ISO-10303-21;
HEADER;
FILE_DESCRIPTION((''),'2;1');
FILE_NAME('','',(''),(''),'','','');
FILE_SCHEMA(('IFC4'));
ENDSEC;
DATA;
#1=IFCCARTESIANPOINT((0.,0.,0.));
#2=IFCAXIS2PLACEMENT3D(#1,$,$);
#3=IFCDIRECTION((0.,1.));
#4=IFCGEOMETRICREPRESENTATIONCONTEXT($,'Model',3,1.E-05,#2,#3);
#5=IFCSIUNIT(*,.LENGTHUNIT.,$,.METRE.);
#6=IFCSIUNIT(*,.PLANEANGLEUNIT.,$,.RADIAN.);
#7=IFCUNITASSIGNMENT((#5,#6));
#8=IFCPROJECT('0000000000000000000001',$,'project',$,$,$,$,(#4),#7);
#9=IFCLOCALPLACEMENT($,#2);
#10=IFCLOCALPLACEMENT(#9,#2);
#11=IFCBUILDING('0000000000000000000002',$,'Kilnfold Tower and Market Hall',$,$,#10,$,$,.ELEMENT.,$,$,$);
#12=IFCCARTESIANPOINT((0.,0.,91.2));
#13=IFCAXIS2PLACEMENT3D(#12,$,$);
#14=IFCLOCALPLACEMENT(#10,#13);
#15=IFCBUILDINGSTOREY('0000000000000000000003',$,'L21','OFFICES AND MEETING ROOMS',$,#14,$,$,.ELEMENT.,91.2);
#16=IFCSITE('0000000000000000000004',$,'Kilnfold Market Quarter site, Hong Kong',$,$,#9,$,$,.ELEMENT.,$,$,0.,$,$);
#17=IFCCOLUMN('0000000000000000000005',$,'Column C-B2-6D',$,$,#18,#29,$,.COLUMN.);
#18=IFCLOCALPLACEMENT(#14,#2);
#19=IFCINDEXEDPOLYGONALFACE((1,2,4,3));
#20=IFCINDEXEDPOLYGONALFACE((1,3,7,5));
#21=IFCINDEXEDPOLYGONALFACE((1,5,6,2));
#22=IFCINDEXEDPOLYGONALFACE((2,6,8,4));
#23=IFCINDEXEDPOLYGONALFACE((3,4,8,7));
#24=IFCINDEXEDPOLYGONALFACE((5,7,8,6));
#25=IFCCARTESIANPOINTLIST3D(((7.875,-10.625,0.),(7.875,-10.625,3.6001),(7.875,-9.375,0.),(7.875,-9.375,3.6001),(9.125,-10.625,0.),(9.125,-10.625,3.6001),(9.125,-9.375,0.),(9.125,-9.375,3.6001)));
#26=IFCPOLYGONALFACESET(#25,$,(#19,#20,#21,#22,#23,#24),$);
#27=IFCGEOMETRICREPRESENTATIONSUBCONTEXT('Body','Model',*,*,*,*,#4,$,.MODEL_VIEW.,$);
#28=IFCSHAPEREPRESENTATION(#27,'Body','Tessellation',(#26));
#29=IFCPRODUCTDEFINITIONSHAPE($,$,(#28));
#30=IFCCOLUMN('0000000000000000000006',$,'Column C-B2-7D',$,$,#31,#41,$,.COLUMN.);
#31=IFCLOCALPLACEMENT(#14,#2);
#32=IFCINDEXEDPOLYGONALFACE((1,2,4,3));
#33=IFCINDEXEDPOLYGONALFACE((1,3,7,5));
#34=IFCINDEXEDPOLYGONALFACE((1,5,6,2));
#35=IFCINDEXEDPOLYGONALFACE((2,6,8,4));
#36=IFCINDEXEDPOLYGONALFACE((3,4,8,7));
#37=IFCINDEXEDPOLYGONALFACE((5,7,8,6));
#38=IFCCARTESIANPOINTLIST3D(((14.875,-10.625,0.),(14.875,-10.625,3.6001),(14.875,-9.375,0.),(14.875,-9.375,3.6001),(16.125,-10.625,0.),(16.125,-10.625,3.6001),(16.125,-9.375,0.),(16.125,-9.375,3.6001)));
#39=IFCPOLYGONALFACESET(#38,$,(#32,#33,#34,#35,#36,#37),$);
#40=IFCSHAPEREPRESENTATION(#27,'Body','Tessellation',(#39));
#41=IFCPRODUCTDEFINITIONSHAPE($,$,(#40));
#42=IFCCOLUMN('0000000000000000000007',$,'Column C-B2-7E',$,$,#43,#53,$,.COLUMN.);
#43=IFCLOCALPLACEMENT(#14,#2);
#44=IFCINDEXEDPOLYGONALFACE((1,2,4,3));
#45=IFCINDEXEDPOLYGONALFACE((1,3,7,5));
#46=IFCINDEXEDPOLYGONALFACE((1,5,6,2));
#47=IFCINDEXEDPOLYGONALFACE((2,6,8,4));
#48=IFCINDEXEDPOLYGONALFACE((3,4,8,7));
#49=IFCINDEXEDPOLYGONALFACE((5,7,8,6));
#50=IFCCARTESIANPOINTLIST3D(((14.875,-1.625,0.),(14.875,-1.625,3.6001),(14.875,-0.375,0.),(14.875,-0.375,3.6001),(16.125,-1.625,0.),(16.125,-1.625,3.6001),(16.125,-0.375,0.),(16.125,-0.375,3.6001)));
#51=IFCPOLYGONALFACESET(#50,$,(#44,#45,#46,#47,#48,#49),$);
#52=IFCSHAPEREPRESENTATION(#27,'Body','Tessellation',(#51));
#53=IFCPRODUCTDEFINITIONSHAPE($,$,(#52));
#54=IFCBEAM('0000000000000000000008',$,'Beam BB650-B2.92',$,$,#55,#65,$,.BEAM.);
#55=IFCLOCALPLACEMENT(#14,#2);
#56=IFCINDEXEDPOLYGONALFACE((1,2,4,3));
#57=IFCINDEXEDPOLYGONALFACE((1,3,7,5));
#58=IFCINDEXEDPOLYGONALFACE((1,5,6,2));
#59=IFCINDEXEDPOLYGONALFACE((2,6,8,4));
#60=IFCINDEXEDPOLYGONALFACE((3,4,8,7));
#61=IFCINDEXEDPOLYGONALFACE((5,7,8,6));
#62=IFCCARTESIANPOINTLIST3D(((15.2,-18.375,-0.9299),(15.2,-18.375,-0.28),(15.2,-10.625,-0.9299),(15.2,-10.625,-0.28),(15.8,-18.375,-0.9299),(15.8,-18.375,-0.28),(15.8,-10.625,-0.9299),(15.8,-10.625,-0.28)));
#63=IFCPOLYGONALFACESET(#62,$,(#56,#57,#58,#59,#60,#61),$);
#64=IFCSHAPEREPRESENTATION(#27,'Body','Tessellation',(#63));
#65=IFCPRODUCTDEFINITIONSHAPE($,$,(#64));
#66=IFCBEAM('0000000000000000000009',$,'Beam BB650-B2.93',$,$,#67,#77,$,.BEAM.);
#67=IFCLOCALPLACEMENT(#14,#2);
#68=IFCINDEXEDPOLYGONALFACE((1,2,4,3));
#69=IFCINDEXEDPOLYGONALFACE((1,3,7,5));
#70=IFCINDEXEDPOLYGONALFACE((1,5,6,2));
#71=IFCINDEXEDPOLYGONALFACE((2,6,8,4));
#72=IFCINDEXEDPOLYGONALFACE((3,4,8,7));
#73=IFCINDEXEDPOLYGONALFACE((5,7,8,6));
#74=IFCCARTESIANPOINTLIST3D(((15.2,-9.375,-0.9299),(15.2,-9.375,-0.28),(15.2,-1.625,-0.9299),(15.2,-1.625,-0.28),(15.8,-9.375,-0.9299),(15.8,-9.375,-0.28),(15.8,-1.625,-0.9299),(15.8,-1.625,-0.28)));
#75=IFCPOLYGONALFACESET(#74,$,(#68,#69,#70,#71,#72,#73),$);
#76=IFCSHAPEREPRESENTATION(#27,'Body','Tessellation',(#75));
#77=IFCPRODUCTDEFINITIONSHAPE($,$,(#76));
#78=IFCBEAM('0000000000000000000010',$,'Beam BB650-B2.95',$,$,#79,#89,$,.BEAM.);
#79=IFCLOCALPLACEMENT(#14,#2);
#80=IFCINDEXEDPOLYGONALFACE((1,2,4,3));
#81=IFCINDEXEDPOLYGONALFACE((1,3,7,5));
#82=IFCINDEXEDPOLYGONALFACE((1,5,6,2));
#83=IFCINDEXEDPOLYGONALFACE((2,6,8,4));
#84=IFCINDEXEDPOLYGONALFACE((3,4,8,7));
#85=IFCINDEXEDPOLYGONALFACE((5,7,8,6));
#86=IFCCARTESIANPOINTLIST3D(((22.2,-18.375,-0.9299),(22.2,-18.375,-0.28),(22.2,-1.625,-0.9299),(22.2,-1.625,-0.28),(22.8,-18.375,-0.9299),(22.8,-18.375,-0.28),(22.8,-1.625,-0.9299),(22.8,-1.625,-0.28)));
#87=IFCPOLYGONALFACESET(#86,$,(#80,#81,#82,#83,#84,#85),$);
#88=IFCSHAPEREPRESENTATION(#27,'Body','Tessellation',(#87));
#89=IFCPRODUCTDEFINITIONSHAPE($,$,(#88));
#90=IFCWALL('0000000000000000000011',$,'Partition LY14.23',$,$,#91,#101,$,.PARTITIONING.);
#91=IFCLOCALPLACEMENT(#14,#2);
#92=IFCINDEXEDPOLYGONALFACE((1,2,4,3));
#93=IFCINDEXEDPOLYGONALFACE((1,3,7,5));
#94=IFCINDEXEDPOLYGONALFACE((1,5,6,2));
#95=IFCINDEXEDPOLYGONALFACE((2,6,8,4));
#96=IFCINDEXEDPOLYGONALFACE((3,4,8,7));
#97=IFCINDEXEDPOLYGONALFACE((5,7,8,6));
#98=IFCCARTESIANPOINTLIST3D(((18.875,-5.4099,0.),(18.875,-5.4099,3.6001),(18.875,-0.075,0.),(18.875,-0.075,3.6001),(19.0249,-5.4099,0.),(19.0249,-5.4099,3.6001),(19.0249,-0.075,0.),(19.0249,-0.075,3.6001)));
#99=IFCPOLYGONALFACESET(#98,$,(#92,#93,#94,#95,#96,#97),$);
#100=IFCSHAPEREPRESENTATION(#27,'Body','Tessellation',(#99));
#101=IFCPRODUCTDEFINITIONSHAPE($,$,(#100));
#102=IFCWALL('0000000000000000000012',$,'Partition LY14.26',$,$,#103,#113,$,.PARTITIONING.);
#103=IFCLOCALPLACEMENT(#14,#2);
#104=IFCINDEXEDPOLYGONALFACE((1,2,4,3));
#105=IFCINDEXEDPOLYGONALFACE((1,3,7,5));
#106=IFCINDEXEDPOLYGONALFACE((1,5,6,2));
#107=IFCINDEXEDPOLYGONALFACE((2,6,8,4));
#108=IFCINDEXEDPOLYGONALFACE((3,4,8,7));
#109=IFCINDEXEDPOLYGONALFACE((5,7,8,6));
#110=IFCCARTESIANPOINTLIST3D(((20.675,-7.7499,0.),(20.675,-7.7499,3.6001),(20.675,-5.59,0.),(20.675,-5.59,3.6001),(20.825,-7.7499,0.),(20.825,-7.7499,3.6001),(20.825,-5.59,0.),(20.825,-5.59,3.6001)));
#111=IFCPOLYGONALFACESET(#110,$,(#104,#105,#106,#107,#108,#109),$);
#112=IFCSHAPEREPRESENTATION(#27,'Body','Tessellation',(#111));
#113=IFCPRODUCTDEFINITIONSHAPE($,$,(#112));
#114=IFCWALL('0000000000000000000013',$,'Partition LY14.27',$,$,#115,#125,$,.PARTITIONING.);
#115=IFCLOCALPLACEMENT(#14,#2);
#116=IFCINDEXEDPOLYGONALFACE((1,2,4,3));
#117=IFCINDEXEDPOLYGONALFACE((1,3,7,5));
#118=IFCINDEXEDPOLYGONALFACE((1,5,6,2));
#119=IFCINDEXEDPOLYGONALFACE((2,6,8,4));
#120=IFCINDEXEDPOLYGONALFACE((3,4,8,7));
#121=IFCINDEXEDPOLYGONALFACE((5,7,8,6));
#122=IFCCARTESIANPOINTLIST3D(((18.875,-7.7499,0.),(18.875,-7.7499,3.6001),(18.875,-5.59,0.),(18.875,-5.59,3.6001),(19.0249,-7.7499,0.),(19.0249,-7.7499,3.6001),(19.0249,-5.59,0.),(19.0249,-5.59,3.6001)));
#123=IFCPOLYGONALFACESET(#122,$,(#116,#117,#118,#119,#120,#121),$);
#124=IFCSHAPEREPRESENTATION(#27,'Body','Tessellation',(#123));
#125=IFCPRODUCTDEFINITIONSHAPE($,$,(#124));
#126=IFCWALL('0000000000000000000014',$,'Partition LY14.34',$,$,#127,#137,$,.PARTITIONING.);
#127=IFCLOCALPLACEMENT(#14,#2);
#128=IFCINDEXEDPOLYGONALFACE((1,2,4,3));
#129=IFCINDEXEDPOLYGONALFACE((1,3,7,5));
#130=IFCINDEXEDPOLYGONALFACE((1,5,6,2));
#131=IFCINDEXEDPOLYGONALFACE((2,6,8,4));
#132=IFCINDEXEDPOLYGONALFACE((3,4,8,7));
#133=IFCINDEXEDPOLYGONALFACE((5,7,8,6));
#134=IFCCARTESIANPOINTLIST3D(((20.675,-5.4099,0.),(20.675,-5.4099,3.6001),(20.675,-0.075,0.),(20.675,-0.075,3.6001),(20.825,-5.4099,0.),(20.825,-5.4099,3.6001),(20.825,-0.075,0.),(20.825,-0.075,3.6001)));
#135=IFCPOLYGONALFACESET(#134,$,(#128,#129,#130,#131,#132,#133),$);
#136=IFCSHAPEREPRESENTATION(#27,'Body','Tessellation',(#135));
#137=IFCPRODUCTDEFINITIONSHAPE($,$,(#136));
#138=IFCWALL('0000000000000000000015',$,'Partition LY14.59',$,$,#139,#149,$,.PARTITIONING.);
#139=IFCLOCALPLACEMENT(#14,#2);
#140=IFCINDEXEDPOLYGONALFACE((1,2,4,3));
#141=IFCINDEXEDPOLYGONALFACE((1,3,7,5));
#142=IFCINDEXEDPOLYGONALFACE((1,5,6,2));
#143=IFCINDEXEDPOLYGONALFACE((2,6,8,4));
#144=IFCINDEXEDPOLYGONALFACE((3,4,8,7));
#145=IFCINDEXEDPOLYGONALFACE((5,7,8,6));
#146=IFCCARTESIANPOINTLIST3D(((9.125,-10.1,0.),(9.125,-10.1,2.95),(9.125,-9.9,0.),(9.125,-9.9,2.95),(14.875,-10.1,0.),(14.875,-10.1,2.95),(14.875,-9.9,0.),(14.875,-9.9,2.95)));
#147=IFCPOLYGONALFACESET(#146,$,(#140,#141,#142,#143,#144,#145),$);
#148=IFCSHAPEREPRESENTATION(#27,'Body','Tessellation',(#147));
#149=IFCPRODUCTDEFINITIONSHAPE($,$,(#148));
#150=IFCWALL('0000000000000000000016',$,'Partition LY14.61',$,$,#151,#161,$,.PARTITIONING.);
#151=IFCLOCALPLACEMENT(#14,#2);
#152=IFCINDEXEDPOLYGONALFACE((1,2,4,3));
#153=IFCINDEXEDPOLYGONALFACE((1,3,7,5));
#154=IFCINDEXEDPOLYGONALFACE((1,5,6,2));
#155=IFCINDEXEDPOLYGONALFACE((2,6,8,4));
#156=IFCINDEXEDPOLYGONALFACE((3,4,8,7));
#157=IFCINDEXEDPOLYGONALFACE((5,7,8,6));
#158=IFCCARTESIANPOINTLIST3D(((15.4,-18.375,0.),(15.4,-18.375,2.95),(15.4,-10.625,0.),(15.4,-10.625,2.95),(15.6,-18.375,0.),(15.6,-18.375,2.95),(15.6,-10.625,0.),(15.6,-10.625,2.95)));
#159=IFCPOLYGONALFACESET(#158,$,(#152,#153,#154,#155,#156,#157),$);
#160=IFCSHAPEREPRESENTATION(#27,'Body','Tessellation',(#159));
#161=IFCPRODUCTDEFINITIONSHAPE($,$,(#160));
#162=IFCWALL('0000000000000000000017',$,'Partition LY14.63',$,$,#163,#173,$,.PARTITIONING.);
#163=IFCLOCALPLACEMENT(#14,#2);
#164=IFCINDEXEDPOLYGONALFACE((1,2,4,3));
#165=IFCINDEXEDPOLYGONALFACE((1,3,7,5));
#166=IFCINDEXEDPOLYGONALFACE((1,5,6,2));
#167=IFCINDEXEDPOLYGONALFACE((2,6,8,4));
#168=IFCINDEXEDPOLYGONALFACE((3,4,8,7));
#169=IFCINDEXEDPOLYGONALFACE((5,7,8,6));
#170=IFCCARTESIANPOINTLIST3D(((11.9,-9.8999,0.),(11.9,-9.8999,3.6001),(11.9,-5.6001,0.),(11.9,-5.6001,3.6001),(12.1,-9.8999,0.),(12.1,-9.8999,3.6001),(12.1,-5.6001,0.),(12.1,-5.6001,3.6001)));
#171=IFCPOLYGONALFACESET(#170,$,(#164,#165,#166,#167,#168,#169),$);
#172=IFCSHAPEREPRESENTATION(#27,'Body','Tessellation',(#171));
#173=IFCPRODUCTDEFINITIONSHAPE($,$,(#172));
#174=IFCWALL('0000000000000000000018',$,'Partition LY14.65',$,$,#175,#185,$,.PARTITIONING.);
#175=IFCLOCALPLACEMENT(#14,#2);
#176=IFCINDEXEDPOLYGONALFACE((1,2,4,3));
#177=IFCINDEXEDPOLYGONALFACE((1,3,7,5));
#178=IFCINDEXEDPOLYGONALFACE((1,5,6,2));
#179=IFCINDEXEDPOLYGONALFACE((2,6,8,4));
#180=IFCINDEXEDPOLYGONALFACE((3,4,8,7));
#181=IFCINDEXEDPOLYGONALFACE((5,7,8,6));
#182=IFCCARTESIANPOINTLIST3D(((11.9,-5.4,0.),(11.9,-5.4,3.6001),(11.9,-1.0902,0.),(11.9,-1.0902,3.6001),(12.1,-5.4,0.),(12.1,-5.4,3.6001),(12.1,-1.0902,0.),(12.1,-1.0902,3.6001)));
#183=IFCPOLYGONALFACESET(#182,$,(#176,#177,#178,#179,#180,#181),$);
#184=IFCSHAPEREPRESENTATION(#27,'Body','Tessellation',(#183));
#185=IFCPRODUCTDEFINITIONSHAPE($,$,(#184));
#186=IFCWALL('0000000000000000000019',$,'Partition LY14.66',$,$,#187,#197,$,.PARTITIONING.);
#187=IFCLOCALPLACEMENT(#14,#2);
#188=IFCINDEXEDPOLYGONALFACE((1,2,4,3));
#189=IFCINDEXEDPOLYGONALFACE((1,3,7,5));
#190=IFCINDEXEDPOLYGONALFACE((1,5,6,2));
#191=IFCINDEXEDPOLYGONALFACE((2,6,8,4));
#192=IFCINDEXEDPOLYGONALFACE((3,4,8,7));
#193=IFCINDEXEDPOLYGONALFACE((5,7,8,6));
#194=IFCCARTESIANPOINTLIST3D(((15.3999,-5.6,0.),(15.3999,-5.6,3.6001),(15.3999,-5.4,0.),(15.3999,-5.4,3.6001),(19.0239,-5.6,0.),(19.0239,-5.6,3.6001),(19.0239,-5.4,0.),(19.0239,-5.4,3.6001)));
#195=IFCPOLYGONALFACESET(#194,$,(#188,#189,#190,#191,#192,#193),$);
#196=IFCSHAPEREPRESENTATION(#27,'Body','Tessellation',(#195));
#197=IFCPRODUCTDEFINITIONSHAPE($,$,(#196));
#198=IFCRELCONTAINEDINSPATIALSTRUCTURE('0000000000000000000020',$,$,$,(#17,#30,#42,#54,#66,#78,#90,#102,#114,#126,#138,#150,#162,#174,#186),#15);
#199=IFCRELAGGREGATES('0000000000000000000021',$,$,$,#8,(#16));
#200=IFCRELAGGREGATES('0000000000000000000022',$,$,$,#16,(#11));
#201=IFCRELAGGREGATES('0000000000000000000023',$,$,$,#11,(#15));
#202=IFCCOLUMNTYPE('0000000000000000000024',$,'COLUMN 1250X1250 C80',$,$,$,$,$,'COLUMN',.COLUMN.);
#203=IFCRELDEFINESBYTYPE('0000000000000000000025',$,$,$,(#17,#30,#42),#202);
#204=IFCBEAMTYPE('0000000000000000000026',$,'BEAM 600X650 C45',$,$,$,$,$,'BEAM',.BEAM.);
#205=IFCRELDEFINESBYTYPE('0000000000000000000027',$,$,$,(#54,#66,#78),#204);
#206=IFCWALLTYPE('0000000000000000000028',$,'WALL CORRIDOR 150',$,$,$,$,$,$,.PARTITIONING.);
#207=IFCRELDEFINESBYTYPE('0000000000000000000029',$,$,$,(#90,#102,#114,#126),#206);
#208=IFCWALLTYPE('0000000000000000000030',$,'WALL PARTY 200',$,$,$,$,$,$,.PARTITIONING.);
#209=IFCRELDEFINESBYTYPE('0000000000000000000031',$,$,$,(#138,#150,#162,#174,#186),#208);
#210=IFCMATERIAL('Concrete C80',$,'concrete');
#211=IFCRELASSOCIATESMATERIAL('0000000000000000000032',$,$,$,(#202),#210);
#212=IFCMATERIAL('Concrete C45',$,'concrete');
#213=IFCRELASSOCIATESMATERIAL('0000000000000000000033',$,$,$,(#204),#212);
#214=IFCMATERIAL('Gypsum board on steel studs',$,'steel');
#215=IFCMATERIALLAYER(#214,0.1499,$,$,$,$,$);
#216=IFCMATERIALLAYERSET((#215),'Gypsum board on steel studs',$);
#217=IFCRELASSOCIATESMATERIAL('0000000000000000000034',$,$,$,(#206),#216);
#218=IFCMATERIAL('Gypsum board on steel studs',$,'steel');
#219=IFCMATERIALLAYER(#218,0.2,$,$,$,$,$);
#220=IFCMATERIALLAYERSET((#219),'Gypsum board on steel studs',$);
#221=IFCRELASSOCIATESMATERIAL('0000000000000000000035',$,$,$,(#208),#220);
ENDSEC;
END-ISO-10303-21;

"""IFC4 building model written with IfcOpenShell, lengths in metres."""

from ifc_helpers import new_model, si_unit, direction, frame, frame_2d, origin, origin_2d, place, context, subcontext, project, spatial, rectangle, extrude, source, transform, mapped, material, layer, layer_set, material_profile, profile_set, type_object, element, save


model = new_model("IFC4")

# Units and contexts
model_context = context("Model", 3, precision=1e-05, world=origin(), true_north=direction((0.0, 1.0)))
body_context = subcontext(model_context, "Body", "Model", "MODEL_VIEW")
ifc_project = project(units=[si_unit("LENGTHUNIT", "METRE"), si_unit("PLANEANGLEUNIT", "RADIAN")], contexts=[model_context])

# Site, building, storey
site_placement = place(None, origin())
site = spatial("IfcSite", under=ifc_project, at=site_placement, Name="Kilnfold Market Quarter site, Hong Kong", CompositionType="ELEMENT", RefElevation=0.0)
building_placement = place(site_placement, origin())
building = spatial("IfcBuilding", under=site, at=building_placement, Name="Kilnfold Tower and Market Hall", CompositionType="ELEMENT")
storey_placement = place(building_placement, frame((0.0, 0.0, 91.2)))
storey = spatial("IfcBuildingStorey", under=building, at=storey_placement, Name="L21", Description="OFFICES AND MEETING ROOMS", CompositionType="ELEMENT", Elevation=91.2)

# Columns
ifc_material_1 = material(Name="Concrete C80", Category="concrete")
ifc_material_profile_1 = material_profile(ifc_material_1, rectangle(XDim=1.25, YDim=1.25, at=origin_2d()), Name="RC 1250x1250")
ifc_profile_set_1 = profile_set([ifc_material_profile_1], Name="Concrete C80")
column_type = type_object("IfcColumnType", Name="COLUMN 1250X1250 C80", ElementType="COLUMN", PredefinedType="COLUMN", material=ifc_profile_set_1)
shared_shape_1 = source(origin(), body_context, "Body", "SweptSolid", [
    extrude(rectangle(XDim=1.25, YDim=1.25, at=origin_2d()), origin(), (0.0, 0.0, 1.0), 3.6001),
])
for number, where, z_axis, x_axis, name in (
    (1, (8.5, -10.0, 0.0), (0.0, 0.0, 1.0), (1.0, 0.0, 0.0), "Column C-B2-6D"),
    (2, (15.5, -10.0, 0.0), (0.0, 0.0, 1.0), (1.0, 0.0, 0.0), "Column C-B2-7D"),
    (3, (15.5, -1.0, 0.0), (0.0, 0.0, 1.0), (1.0, 0.0, 0.0), "Column C-B2-7E"),
):
    element("IfcColumn", number, at=place(storey_placement, frame(where, z_axis=z_axis, x_axis=x_axis)), inside=storey, type_object=column_type, Name=name, PredefinedType="COLUMN", context=body_context, shape_type="MappedRepresentation", body=[
        mapped(shared_shape_1, transform((0.0, 0.0, 0.0))),
    ])

# Beams
ifc_material_2 = material(Name="Concrete C45", Category="concrete")
ifc_material_profile_2 = material_profile(ifc_material_2, rectangle(XDim=0.6001, YDim=0.6499, at=origin_2d()), Name="RC 600x650")
ifc_profile_set_2 = profile_set([ifc_material_profile_2], Name="Concrete C45")
beam_type = type_object("IfcBeamType", Name="BEAM 600X650 C45", ElementType="BEAM", PredefinedType="BEAM", material=ifc_profile_set_2)
shared_shape_2 = source(origin(), body_context, "Body", "SweptSolid", [
    extrude(rectangle(XDim=0.6001, YDim=0.6499, at=origin_2d()), origin(), (0.0, 0.0, 1.0), 7.75),
])
for number, where, z_axis, x_axis, name in (
    (4, (15.5, -18.375, -0.605), (0.0, 1.0, 0.0), (-1.0, 0.0, 0.0), "Beam BB650-B2.92"),
    (5, (15.5, -9.375, -0.605), (0.0, 1.0, 0.0), (-1.0, 0.0, 0.0), "Beam BB650-B2.93"),
):
    element("IfcBeam", number, at=place(storey_placement, frame(where, z_axis=z_axis, x_axis=x_axis)), inside=storey, type_object=beam_type, Name=name, PredefinedType="BEAM", context=body_context, shape_type="MappedRepresentation", body=[
        mapped(shared_shape_2, transform((0.0, 0.0, 0.0))),
    ])
shared_shape_3 = source(origin(), body_context, "Body", "SweptSolid", [
    extrude(rectangle(XDim=0.6001, YDim=0.6499, at=origin_2d()), origin(), (0.0, 0.0, 1.0), 16.75),
])
beam_placement = place(storey_placement, frame((22.5, -18.375, -0.605), z_axis=(0.0, 1.0, 0.0), x_axis=(-1.0, 0.0, 0.0)))
element("IfcBeam", 6, at=beam_placement, inside=storey, type_object=beam_type, Name="Beam BB650-B2.95", PredefinedType="BEAM", context=body_context, shape_type="MappedRepresentation", body=[
    mapped(shared_shape_3, transform((0.0, 0.0, 0.0))),
])

# Walls
ifc_material_3 = material(Name="Gypsum board on steel studs", Category="steel")
ifc_layer_1 = layer(ifc_material_3, 0.1499)
ifc_layer_set_1 = layer_set([ifc_layer_1], Name="Gypsum board on steel studs")
wall_type_1 = type_object("IfcWallType", Name="WALL CORRIDOR 150", PredefinedType="PARTITIONING", material=ifc_layer_set_1)
wall_1_placement = place(storey_placement, frame((18.95, -5.4099, 0.0), z_axis=(0.0, 0.0, 1.0), x_axis=(0.0, 1.0, 0.0)))
element("IfcWall", 7, at=wall_1_placement, inside=storey, type_object=wall_type_1, Name="Partition LY14.23", PredefinedType="PARTITIONING", context=body_context, shape_type="SweptSolid", body=[
    extrude(rectangle(XDim=5.335, YDim=0.1499, at=frame_2d((2.6675, 0.0))), origin(), (0.0, 0.0, 1.0), 3.6001),
])
for number, where, z_axis, x_axis, name in (
    (8, (20.75, -7.75, 0.0), (0.0, 0.0, 1.0), (0.0, 1.0, 0.0), "Partition LY14.26"),
    (9, (18.95, -7.75, 0.0), (0.0, 0.0, 1.0), (0.0, 1.0, 0.0), "Partition LY14.27"),
):
    element("IfcWall", number, at=place(storey_placement, frame(where, z_axis=z_axis, x_axis=x_axis)), inside=storey, type_object=wall_type_1, Name=name, PredefinedType="PARTITIONING", context=body_context, shape_type="SweptSolid", body=[
        extrude(rectangle(XDim=2.1599, YDim=0.1499, at=frame_2d((1.0801, 0.0))), origin(), (0.0, 0.0, 1.0), 3.6001),
    ])
wall_2_placement = place(storey_placement, frame((20.75, -5.4099, 0.0), z_axis=(0.0, 0.0, 1.0), x_axis=(0.0, 1.0, 0.0)))
element("IfcWall", 10, at=wall_2_placement, inside=storey, type_object=wall_type_1, Name="Partition LY14.34", PredefinedType="PARTITIONING", context=body_context, shape_type="SweptSolid", body=[
    extrude(rectangle(XDim=5.335, YDim=0.1499, at=frame_2d((2.6675, 0.0))), origin(), (0.0, 0.0, 1.0), 3.6001),
])
ifc_material_4 = material(Name="Gypsum board on steel studs", Category="steel")
ifc_layer_2 = layer(ifc_material_4, 0.2)
ifc_layer_set_2 = layer_set([ifc_layer_2], Name="Gypsum board on steel studs")
wall_type_2 = type_object("IfcWallType", Name="WALL PARTY 200", PredefinedType="PARTITIONING", material=ifc_layer_set_2)
wall_3_placement = place(storey_placement, frame((9.125, -10.0, 0.0), z_axis=(0.0, 0.0, 1.0), x_axis=(1.0, 0.0, 0.0)))
element("IfcWall", 11, at=wall_3_placement, inside=storey, type_object=wall_type_2, Name="Partition LY14.59", PredefinedType="PARTITIONING", context=body_context, shape_type="SweptSolid", body=[
    extrude(rectangle(XDim=5.75, YDim=0.2, at=frame_2d((2.875, 0.0))), origin(), (0.0, 0.0, 1.0), 2.95),
])
wall_4_placement = place(storey_placement, frame((15.5, -18.375, 0.0), z_axis=(0.0, 0.0, 1.0), x_axis=(0.0, 1.0, 0.0)))
element("IfcWall", 12, at=wall_4_placement, inside=storey, type_object=wall_type_2, Name="Partition LY14.61", PredefinedType="PARTITIONING", context=body_context, shape_type="SweptSolid", body=[
    extrude(rectangle(XDim=7.75, YDim=0.2, at=frame_2d((3.875, 0.0))), origin(), (0.0, 0.0, 1.0), 2.95),
])
wall_5_placement = place(storey_placement, frame((12.0, -9.8999, 0.0), z_axis=(0.0, 0.0, 1.0), x_axis=(0.0, 1.0, 0.0)))
element("IfcWall", 13, at=wall_5_placement, inside=storey, type_object=wall_type_2, Name="Partition LY14.63", PredefinedType="PARTITIONING", context=body_context, shape_type="SweptSolid", body=[
    extrude(rectangle(XDim=4.2998, YDim=0.2, at=frame_2d((2.1499, 0.0))), origin(), (0.0, 0.0, 1.0), 3.6001),
])
wall_6_placement = place(storey_placement, frame((12.0, -5.3999, 0.0), z_axis=(0.0, 0.0, 1.0), x_axis=(0.0, 1.0, 0.0)))
element("IfcWall", 14, at=wall_6_placement, inside=storey, type_object=wall_type_2, Name="Partition LY14.65", PredefinedType="PARTITIONING", context=body_context, shape_type="SweptSolid", body=[
    extrude(rectangle(XDim=4.3098, YDim=0.2, at=frame_2d((2.1548, 0.0))), origin(), (0.0, 0.0, 1.0), 3.6001),
])
wall_7_placement = place(storey_placement, frame((15.3999, -5.5, 0.0), z_axis=(0.0, 0.0, 1.0), x_axis=(1.0, 0.0, 0.0)))
element("IfcWall", 15, at=wall_7_placement, inside=storey, type_object=wall_type_2, Name="Partition LY14.66", PredefinedType="PARTITIONING", context=body_context, shape_type="SweptSolid", body=[
    extrude(rectangle(XDim=3.624, YDim=0.2, at=frame_2d((1.812, 0.0))), origin(), (0.0, 0.0, 1.0), 3.6001),
])

save(model, "model.ifc")
